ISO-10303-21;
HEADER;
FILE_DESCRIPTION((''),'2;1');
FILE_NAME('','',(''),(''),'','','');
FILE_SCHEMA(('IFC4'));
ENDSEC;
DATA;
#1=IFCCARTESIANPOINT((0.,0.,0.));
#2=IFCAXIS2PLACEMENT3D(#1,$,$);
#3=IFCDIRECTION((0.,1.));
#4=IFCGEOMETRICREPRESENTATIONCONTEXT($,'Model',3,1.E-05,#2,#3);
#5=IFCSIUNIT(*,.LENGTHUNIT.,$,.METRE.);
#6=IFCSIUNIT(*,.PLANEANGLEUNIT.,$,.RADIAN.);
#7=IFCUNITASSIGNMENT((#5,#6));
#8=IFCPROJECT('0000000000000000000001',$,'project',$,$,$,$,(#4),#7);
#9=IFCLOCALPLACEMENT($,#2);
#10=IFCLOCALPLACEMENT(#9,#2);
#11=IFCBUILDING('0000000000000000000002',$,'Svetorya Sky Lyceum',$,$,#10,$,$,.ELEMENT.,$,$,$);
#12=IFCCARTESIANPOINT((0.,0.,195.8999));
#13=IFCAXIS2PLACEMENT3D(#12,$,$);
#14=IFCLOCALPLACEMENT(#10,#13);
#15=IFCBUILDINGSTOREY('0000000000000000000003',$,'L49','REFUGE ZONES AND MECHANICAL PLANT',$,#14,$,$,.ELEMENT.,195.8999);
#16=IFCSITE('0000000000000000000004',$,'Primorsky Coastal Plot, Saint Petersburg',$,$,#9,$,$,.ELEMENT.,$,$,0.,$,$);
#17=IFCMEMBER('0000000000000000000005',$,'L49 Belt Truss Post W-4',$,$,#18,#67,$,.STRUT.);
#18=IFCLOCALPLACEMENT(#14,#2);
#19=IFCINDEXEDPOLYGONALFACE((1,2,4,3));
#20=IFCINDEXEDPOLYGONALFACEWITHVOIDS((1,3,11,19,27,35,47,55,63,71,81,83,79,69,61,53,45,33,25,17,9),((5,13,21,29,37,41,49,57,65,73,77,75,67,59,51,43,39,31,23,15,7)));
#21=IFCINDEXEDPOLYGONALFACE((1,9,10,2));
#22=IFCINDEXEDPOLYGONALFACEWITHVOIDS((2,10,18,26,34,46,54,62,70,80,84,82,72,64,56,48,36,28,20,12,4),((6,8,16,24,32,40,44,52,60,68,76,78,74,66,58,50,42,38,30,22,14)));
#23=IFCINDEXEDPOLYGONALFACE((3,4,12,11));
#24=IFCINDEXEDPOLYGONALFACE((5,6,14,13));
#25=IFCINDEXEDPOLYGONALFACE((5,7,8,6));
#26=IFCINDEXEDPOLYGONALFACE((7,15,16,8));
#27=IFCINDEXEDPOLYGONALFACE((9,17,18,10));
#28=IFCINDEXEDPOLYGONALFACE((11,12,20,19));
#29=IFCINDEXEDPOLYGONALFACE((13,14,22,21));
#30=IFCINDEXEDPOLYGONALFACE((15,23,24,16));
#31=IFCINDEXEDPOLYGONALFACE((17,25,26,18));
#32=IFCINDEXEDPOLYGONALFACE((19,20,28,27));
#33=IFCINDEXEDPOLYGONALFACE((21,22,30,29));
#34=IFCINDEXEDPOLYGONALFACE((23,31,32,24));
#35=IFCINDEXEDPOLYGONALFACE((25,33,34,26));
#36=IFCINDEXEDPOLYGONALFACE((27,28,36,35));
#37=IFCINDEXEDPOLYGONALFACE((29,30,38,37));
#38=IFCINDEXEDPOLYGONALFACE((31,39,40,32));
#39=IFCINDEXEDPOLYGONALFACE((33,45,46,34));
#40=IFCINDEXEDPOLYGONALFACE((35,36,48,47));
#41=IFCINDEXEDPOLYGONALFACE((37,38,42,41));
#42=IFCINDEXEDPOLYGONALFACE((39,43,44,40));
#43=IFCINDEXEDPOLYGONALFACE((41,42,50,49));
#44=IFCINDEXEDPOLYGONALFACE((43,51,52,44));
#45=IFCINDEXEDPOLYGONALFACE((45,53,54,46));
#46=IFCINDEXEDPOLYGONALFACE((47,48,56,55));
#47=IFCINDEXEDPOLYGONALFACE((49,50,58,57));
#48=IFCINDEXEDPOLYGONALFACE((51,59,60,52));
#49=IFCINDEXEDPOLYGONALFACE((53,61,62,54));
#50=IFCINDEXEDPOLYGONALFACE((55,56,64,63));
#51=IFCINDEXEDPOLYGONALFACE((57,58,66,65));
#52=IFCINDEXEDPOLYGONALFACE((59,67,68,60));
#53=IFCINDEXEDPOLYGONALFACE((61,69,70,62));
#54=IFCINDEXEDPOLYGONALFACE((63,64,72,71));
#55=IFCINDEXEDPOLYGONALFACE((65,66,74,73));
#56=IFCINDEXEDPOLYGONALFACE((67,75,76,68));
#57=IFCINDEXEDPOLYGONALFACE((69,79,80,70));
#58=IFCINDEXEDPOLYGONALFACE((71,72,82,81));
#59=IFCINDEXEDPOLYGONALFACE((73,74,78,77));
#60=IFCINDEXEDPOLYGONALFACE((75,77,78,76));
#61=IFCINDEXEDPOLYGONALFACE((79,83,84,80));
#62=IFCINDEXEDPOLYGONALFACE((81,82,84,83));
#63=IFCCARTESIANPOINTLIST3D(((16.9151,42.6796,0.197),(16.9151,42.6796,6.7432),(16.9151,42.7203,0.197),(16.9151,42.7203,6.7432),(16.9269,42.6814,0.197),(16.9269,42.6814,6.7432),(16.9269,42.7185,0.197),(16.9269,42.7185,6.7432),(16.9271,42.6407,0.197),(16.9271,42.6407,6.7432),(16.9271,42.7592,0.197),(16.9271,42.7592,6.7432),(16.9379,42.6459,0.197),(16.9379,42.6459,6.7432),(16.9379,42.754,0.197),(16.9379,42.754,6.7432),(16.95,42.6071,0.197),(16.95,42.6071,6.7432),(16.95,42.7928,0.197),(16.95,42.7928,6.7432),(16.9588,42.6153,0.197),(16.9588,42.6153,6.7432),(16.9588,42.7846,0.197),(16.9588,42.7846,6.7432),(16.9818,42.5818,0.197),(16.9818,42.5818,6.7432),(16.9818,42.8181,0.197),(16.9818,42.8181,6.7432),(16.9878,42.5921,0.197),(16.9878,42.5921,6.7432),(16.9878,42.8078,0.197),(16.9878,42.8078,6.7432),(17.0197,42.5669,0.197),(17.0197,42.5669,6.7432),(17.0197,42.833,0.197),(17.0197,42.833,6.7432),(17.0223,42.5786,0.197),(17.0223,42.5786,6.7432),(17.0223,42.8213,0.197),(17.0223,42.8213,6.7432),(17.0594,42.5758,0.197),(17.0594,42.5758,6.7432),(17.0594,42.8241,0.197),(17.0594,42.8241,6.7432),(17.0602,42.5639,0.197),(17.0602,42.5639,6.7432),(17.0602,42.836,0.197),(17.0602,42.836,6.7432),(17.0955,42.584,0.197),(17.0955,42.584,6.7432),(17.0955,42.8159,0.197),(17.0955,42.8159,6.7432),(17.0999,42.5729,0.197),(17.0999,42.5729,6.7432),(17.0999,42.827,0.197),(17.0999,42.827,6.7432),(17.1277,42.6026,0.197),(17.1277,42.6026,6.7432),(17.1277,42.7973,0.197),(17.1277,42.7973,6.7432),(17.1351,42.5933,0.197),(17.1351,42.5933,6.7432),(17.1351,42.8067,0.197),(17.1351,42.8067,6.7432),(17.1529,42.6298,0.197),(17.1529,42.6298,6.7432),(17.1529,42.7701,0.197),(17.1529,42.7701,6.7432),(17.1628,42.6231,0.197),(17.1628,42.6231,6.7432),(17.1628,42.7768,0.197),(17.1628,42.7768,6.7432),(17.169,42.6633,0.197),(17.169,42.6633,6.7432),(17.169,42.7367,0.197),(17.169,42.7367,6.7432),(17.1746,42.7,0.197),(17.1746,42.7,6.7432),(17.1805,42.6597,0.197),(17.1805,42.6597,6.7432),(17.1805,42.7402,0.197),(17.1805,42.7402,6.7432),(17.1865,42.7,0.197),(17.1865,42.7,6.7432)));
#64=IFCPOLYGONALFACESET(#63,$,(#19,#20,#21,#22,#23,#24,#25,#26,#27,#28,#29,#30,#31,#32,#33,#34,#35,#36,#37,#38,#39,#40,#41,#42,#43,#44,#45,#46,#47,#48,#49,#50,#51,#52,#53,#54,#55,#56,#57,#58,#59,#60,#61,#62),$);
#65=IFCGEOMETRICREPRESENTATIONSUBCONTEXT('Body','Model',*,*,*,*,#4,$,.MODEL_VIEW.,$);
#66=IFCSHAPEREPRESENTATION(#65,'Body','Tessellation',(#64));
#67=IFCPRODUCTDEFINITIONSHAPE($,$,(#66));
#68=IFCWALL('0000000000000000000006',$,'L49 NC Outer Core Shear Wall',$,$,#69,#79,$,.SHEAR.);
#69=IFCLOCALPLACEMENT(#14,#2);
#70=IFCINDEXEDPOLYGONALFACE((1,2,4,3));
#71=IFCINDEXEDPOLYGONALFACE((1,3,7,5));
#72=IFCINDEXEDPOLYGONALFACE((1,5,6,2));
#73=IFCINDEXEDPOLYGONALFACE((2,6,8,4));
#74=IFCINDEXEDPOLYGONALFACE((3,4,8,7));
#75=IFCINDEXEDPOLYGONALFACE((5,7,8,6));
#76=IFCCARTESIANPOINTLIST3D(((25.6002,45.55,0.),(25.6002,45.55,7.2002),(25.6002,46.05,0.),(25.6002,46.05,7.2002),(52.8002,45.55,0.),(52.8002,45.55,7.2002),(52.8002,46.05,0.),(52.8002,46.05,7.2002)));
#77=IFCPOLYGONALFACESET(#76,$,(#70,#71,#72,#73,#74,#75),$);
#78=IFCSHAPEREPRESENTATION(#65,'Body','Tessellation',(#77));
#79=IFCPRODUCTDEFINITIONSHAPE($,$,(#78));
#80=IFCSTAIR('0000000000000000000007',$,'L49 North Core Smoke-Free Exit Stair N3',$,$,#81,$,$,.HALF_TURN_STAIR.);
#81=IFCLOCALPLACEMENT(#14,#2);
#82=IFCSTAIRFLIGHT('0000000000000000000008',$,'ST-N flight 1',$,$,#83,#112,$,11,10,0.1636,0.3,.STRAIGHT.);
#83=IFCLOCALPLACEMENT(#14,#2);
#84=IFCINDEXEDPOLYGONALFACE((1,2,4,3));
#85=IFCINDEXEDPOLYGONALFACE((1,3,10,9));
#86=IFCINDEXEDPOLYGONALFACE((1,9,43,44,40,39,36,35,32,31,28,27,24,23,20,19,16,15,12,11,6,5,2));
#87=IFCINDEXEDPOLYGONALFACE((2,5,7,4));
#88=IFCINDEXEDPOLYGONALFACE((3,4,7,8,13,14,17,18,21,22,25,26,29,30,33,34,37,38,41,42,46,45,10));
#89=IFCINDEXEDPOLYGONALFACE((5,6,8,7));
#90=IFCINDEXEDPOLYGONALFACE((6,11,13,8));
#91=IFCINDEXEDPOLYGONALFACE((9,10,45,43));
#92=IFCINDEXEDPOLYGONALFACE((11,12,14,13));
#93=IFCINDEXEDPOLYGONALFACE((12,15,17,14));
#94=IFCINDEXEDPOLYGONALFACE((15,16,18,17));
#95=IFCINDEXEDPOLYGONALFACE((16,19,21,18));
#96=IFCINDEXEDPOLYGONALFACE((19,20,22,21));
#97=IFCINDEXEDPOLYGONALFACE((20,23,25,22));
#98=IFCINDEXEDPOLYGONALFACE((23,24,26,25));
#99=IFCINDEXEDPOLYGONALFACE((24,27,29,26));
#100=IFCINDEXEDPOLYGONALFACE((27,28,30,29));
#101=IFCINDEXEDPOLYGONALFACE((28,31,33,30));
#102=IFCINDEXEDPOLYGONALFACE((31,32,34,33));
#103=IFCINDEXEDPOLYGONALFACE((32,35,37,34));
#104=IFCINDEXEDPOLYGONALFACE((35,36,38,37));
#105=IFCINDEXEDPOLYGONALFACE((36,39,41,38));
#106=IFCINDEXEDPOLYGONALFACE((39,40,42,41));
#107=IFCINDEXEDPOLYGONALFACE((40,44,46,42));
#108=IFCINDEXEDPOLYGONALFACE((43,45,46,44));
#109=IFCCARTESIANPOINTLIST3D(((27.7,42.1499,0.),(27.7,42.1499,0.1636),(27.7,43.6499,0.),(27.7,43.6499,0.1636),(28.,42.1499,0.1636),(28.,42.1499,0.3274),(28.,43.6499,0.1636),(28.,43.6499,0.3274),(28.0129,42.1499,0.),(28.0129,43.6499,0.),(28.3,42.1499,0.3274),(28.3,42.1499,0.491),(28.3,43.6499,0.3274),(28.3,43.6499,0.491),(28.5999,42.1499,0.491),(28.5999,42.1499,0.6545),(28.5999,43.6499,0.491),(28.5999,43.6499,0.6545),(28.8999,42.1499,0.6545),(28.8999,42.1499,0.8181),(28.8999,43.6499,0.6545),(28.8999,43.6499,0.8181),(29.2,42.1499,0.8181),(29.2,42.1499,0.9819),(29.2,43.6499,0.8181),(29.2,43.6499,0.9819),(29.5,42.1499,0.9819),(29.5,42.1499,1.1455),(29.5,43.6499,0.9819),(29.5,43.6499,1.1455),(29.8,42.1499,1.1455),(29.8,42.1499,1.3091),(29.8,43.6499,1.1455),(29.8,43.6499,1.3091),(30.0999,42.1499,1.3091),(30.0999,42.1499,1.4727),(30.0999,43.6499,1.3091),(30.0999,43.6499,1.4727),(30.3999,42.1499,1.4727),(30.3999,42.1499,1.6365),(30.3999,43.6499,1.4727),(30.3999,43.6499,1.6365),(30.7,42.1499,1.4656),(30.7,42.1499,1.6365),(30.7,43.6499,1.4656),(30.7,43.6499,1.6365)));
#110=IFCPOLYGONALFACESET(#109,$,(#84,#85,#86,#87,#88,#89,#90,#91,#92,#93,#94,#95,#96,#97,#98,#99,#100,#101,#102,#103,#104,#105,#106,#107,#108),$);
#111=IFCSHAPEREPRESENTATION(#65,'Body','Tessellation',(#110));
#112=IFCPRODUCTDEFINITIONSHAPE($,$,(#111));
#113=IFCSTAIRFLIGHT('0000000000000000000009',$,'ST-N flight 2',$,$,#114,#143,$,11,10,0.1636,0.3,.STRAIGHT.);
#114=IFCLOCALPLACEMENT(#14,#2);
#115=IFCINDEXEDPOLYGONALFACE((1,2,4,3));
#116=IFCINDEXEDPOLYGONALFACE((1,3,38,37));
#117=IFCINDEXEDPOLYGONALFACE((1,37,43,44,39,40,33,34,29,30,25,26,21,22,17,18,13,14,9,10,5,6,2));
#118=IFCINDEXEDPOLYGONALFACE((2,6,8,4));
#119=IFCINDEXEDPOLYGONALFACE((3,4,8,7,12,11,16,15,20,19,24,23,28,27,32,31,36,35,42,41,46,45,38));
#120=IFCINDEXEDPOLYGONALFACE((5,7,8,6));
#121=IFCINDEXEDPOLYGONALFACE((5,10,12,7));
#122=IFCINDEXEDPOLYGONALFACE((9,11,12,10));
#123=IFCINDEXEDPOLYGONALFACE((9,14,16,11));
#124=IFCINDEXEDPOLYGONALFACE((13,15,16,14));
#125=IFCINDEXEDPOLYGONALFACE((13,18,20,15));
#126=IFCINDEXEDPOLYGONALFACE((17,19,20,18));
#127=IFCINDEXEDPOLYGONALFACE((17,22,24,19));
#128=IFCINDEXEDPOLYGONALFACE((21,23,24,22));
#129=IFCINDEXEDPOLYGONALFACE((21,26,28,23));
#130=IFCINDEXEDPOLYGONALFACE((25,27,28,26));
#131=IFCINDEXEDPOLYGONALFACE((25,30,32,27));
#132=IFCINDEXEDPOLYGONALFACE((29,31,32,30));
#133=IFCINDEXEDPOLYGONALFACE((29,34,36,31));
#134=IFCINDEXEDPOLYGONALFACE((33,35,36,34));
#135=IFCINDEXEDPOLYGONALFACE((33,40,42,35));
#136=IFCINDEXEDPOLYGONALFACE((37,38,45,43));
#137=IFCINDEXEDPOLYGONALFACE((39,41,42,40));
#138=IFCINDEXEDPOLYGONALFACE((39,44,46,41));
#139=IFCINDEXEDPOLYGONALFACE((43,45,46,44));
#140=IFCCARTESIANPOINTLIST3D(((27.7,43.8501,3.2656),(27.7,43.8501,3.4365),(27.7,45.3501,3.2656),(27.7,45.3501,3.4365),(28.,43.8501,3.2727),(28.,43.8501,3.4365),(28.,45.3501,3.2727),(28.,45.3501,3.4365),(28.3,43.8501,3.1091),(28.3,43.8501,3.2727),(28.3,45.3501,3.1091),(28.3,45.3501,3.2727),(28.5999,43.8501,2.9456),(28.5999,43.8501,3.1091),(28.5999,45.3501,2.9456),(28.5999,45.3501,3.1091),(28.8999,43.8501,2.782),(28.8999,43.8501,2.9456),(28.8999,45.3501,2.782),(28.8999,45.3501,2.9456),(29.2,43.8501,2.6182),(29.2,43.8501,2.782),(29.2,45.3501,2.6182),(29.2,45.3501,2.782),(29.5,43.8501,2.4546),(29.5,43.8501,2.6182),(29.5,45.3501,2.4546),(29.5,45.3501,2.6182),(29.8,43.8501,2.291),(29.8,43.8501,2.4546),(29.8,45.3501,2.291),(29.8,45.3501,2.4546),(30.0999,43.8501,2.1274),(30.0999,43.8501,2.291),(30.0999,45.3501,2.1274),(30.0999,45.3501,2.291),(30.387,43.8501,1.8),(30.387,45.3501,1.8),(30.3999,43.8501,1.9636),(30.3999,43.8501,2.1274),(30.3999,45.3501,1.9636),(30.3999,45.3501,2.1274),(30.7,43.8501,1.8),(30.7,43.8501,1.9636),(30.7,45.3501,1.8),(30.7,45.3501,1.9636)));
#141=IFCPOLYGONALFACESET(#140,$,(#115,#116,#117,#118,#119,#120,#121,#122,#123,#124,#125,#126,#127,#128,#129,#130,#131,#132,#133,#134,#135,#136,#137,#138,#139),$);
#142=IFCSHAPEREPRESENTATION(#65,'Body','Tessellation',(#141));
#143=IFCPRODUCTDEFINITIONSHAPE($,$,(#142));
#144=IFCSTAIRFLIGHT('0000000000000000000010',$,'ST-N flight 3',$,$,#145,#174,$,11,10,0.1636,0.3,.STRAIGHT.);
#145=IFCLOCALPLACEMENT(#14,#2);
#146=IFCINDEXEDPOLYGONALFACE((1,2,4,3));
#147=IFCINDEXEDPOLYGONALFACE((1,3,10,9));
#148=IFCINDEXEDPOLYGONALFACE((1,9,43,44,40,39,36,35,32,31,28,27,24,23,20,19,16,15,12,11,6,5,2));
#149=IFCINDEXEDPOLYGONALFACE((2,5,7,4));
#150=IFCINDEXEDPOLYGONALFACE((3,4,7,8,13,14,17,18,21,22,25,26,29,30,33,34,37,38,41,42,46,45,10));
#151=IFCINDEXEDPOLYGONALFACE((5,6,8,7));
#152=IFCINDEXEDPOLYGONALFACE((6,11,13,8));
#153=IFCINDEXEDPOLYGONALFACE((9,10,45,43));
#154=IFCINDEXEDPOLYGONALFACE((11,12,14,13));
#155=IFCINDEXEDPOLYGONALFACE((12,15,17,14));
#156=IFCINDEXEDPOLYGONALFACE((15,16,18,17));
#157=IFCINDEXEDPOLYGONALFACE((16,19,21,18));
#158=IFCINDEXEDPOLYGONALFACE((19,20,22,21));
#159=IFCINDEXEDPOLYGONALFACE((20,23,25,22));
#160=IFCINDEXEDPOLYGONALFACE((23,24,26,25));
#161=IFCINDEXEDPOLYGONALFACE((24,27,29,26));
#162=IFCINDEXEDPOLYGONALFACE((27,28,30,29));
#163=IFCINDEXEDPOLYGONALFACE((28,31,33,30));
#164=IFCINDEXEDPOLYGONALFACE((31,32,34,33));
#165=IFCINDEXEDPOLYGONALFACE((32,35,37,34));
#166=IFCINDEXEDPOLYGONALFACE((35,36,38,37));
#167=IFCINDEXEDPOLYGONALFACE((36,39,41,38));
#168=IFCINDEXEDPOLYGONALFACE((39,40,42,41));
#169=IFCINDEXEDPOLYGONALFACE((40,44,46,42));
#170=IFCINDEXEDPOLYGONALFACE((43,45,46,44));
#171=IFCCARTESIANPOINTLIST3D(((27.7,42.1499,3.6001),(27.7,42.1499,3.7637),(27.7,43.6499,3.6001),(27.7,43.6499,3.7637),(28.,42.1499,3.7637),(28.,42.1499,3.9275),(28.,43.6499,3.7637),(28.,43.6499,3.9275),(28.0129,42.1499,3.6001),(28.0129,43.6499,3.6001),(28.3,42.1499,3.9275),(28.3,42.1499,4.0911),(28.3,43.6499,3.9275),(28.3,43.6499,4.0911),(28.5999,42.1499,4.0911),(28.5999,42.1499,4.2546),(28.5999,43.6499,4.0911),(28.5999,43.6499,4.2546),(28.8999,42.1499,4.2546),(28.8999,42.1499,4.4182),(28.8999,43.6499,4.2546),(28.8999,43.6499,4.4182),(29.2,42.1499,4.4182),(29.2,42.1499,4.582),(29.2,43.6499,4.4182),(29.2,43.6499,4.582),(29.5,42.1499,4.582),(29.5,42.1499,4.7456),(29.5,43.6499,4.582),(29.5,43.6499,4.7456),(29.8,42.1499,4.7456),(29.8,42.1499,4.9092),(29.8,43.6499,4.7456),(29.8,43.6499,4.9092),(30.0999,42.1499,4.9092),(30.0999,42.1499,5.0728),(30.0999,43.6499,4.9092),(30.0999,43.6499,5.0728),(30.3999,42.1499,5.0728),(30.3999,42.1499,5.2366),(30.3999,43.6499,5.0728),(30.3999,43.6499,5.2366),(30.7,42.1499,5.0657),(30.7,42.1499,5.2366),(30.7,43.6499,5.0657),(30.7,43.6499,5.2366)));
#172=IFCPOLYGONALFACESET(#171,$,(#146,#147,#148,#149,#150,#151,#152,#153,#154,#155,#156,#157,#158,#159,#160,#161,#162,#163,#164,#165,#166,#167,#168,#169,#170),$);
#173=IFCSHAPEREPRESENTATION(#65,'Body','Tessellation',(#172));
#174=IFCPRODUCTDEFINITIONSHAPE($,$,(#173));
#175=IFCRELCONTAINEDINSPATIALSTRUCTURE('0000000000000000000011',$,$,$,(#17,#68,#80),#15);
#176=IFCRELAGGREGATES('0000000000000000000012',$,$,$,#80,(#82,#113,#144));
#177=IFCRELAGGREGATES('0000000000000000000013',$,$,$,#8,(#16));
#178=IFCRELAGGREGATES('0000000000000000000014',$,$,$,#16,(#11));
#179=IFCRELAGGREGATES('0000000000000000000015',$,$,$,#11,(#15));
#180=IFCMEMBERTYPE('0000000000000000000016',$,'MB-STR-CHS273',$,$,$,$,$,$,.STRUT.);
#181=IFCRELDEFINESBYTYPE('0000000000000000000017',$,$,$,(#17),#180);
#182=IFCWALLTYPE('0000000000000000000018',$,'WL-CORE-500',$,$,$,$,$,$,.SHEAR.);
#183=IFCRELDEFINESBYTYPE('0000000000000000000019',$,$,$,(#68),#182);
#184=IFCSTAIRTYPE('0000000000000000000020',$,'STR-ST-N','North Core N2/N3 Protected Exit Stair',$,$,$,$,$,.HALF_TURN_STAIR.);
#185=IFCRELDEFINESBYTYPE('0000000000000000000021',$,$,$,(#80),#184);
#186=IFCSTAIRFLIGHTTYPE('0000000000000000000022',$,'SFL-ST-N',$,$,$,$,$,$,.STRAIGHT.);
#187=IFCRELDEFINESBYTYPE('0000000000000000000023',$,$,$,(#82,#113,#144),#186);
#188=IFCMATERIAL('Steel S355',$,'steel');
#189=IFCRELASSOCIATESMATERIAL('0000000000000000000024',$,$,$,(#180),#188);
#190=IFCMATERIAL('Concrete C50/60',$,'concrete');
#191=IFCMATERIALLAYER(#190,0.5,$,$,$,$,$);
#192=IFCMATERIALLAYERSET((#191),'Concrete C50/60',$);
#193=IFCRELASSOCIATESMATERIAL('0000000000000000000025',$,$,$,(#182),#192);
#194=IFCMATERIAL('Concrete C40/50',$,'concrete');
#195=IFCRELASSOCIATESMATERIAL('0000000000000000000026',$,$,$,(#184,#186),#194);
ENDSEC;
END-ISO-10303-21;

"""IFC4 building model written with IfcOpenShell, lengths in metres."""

from ifc_helpers import new_model, si_unit, direction, frame, frame_2d, origin, origin_2d, place, context, subcontext, project, spatial, polyline, rectangle, hollow_circle, outline, extrude, material, layer, layer_set, material_profile, profile_set, type_object, element, aggregate, save


model = new_model("IFC4")

# Units and contexts
model_context = context("Model", 3, precision=1e-05, world=origin(), true_north=direction((0.0, 1.0)))
body_context = subcontext(model_context, "Body", "Model", "MODEL_VIEW")
ifc_project = project(units=[si_unit("LENGTHUNIT", "METRE"), si_unit("PLANEANGLEUNIT", "RADIAN")], contexts=[model_context])

# Site, building, storey
site_placement = place(None, origin())
site = spatial("IfcSite", under=ifc_project, at=site_placement, Name="Primorsky Coastal Plot, Saint Petersburg", CompositionType="ELEMENT", RefElevation=0.0)
building_placement = place(site_placement, origin())
building = spatial("IfcBuilding", under=site, at=building_placement, Name="Svetorya Sky Lyceum", CompositionType="ELEMENT")
storey_placement = place(building_placement, frame((0.0, 0.0, 195.8999)))
storey = spatial("IfcBuildingStorey", under=building, at=storey_placement, Name="L49", Description="REFUGE ZONES AND MECHANICAL PLANT", CompositionType="ELEMENT", Elevation=195.8999)

# Shared definitions
ifc_material_1 = material(Name="Concrete C50/60", Category="concrete")

# Shared definitions
ifc_material_2 = material(Name="Steel S355", Category="steel")

# Member
ifc_material_profile_1 = material_profile(ifc_material_2, hollow_circle(Radius=0.1365, WallThickness=0.012, at=origin_2d()), Name="CHS 273x12")
ifc_profile_set_1 = profile_set([ifc_material_profile_1], Name="Steel S355")
member_type_1 = type_object("IfcMemberType", Name="MB-STR-CHS273", PredefinedType="STRUT", material=ifc_profile_set_1)
for number, where, z_axis, x_axis, name in (
    (1, (17.05, 42.7, 0.197), (0.0, 0.0, 1.0), (1.0, 0.0, 0.0), "L49 Belt Truss Post W-4"),
):
    element("IfcMember", number, at=place(storey_placement, frame(where, z_axis=z_axis, x_axis=x_axis)), inside=storey, type_object=member_type_1, Name=name, PredefinedType="STRUT", context=body_context, shape_type="SweptSolid", body=[
        extrude(hollow_circle(Radius=0.1365, WallThickness=0.012, at=origin_2d()), origin(), (0.0, 0.0, 1.0), 6.5461),
    ])

# Wall
ifc_layer_1 = layer(ifc_material_1, 0.5)
ifc_layer_set_1 = layer_set([ifc_layer_1], Name="Concrete C50/60")
wall_type = type_object("IfcWallType", Name="WL-CORE-500", PredefinedType="SHEAR", material=ifc_layer_set_1)
wall_placement = place(storey_placement, frame((25.6001, 45.8, 0.0), z_axis=(0.0, 0.0, 1.0), x_axis=(1.0, 0.0, 0.0)))
element("IfcWall", 2, at=wall_placement, inside=storey, type_object=wall_type, Name="L49 NC Outer Core Shear Wall", PredefinedType="SHEAR", context=body_context, shape_type="SweptSolid", body=[
    extrude(rectangle(XDim=27.2, YDim=0.5, at=frame_2d((13.6001, 0.0))), origin(), (0.0, 0.0, 1.0), 7.2002),
])

# Stair, stair flights
ifc_material_3 = material(Name="Concrete C40/50", Category="concrete")
stair_type = type_object("IfcStairType", Name="STR-ST-N", Description="North Core N2/N3 Protected Exit Stair", PredefinedType="HALF_TURN_STAIR", material=ifc_material_3)
stair_placement = place(storey_placement, origin())
stair = element("IfcStair", 3, at=stair_placement, inside=storey, type_object=stair_type, Name="L49 North Core Smoke-Free Exit Stair N3", PredefinedType="HALF_TURN_STAIR")
stair_flight_type = type_object("IfcStairFlightType", Name="SFL-ST-N", PredefinedType="STRAIGHT", material=ifc_material_3)
stair_flight_1_placement = place(storey_placement, frame((27.7, 42.8999, 0.0), z_axis=(0.0, 0.0, 1.0), x_axis=(1.0, 0.0, 0.0)))
stair_flight_1 = element("IfcStairFlight", 4, at=stair_flight_1_placement, type_object=stair_flight_type, Name="ST-N flight 1", NumberOfRisers=11, NumberOfTreads=10, PredefinedType="STRAIGHT", RiserHeight=0.1636, TreadLength=0.3, context=body_context, shape_type="SweptSolid", body=[
    extrude(outline(polyline([(0.0, 0.0), (0.0, 0.1636), (0.3, 0.1636), (0.3, 0.3274), (0.6001, 0.3274), (0.6001, 0.491), (0.8999, 0.491), (0.8999, 0.6545), (1.2, 0.6545), (1.2, 0.8181), (1.5, 0.8181), (1.5, 0.9819), (1.8, 0.9819), (1.8, 1.1455), (2.1001, 1.1455), (2.1001, 1.3091), (2.3999, 1.3091), (2.3999, 1.4727), (2.7, 1.4727), (2.7, 1.6365), (3.0, 1.6365), (3.0, 1.8), (3.0, 1.4656), (0.313, 0.0), (0.0, 0.0)])), frame((0.0, 0.75, 0.0), z_axis=(0.0, -1.0, 0.0), x_axis=(1.0, 0.0, 0.0)), (0.0, 0.0, 1.0), 1.5),
])
stair_flight_2_placement = place(storey_placement, frame((30.7, 44.6001, 1.8), z_axis=(0.0, 0.0, 1.0), x_axis=(-1.0, 0.0, 0.0)))
stair_flight_2 = element("IfcStairFlight", 5, at=stair_flight_2_placement, type_object=stair_flight_type, Name="ST-N flight 2", NumberOfRisers=11, NumberOfTreads=10, PredefinedType="STRAIGHT", RiserHeight=0.1636, TreadLength=0.3, context=body_context, shape_type="SweptSolid", body=[
    extrude(outline(polyline([(0.0, 0.0), (0.0, 0.1636), (0.3, 0.1636), (0.3, 0.3274), (0.6001, 0.3274), (0.6001, 0.491), (0.8999, 0.491), (0.8999, 0.6545), (1.2, 0.6545), (1.2, 0.8181), (1.5, 0.8181), (1.5, 0.9819), (1.8, 0.9819), (1.8, 1.1455), (2.1001, 1.1455), (2.1001, 1.3091), (2.3999, 1.3091), (2.3999, 1.4727), (2.7, 1.4727), (2.7, 1.6365), (3.0, 1.6365), (3.0, 1.8), (3.0, 1.4656), (0.313, 0.0), (0.0, 0.0)])), frame((0.0, 0.75, 0.0), z_axis=(0.0, -1.0, 0.0), x_axis=(1.0, 0.0, 0.0)), (0.0, 0.0, 1.0), 1.5),
])
stair_flight_3_placement = place(storey_placement, frame((27.7, 42.8999, 3.6001), z_axis=(0.0, 0.0, 1.0), x_axis=(1.0, 0.0, 0.0)))
stair_flight_3 = element("IfcStairFlight", 6, at=stair_flight_3_placement, type_object=stair_flight_type, Name="ST-N flight 3", NumberOfRisers=11, NumberOfTreads=10, PredefinedType="STRAIGHT", RiserHeight=0.1636, TreadLength=0.3, context=body_context, shape_type="SweptSolid", body=[
    extrude(outline(polyline([(0.0, 0.0), (0.0, 0.1636), (0.3, 0.1636), (0.3, 0.3274), (0.6001, 0.3274), (0.6001, 0.491), (0.8999, 0.491), (0.8999, 0.6545), (1.2, 0.6545), (1.2, 0.8181), (1.5, 0.8181), (1.5, 0.9819), (1.8, 0.9819), (1.8, 1.1455), (2.1001, 1.1455), (2.1001, 1.3091), (2.3999, 1.3091), (2.3999, 1.4727), (2.7, 1.4727), (2.7, 1.6365), (3.0, 1.6365), (3.0, 1.8), (3.0, 1.4656), (0.313, 0.0), (0.0, 0.0)])), frame((0.0, 0.75, 0.0), z_axis=(0.0, -1.0, 0.0), x_axis=(1.0, 0.0, 0.0)), (0.0, 0.0, 1.0), 1.5),
])
aggregate(stair, [stair_flight_1, stair_flight_2, stair_flight_3])

save(model, "model.ifc")
